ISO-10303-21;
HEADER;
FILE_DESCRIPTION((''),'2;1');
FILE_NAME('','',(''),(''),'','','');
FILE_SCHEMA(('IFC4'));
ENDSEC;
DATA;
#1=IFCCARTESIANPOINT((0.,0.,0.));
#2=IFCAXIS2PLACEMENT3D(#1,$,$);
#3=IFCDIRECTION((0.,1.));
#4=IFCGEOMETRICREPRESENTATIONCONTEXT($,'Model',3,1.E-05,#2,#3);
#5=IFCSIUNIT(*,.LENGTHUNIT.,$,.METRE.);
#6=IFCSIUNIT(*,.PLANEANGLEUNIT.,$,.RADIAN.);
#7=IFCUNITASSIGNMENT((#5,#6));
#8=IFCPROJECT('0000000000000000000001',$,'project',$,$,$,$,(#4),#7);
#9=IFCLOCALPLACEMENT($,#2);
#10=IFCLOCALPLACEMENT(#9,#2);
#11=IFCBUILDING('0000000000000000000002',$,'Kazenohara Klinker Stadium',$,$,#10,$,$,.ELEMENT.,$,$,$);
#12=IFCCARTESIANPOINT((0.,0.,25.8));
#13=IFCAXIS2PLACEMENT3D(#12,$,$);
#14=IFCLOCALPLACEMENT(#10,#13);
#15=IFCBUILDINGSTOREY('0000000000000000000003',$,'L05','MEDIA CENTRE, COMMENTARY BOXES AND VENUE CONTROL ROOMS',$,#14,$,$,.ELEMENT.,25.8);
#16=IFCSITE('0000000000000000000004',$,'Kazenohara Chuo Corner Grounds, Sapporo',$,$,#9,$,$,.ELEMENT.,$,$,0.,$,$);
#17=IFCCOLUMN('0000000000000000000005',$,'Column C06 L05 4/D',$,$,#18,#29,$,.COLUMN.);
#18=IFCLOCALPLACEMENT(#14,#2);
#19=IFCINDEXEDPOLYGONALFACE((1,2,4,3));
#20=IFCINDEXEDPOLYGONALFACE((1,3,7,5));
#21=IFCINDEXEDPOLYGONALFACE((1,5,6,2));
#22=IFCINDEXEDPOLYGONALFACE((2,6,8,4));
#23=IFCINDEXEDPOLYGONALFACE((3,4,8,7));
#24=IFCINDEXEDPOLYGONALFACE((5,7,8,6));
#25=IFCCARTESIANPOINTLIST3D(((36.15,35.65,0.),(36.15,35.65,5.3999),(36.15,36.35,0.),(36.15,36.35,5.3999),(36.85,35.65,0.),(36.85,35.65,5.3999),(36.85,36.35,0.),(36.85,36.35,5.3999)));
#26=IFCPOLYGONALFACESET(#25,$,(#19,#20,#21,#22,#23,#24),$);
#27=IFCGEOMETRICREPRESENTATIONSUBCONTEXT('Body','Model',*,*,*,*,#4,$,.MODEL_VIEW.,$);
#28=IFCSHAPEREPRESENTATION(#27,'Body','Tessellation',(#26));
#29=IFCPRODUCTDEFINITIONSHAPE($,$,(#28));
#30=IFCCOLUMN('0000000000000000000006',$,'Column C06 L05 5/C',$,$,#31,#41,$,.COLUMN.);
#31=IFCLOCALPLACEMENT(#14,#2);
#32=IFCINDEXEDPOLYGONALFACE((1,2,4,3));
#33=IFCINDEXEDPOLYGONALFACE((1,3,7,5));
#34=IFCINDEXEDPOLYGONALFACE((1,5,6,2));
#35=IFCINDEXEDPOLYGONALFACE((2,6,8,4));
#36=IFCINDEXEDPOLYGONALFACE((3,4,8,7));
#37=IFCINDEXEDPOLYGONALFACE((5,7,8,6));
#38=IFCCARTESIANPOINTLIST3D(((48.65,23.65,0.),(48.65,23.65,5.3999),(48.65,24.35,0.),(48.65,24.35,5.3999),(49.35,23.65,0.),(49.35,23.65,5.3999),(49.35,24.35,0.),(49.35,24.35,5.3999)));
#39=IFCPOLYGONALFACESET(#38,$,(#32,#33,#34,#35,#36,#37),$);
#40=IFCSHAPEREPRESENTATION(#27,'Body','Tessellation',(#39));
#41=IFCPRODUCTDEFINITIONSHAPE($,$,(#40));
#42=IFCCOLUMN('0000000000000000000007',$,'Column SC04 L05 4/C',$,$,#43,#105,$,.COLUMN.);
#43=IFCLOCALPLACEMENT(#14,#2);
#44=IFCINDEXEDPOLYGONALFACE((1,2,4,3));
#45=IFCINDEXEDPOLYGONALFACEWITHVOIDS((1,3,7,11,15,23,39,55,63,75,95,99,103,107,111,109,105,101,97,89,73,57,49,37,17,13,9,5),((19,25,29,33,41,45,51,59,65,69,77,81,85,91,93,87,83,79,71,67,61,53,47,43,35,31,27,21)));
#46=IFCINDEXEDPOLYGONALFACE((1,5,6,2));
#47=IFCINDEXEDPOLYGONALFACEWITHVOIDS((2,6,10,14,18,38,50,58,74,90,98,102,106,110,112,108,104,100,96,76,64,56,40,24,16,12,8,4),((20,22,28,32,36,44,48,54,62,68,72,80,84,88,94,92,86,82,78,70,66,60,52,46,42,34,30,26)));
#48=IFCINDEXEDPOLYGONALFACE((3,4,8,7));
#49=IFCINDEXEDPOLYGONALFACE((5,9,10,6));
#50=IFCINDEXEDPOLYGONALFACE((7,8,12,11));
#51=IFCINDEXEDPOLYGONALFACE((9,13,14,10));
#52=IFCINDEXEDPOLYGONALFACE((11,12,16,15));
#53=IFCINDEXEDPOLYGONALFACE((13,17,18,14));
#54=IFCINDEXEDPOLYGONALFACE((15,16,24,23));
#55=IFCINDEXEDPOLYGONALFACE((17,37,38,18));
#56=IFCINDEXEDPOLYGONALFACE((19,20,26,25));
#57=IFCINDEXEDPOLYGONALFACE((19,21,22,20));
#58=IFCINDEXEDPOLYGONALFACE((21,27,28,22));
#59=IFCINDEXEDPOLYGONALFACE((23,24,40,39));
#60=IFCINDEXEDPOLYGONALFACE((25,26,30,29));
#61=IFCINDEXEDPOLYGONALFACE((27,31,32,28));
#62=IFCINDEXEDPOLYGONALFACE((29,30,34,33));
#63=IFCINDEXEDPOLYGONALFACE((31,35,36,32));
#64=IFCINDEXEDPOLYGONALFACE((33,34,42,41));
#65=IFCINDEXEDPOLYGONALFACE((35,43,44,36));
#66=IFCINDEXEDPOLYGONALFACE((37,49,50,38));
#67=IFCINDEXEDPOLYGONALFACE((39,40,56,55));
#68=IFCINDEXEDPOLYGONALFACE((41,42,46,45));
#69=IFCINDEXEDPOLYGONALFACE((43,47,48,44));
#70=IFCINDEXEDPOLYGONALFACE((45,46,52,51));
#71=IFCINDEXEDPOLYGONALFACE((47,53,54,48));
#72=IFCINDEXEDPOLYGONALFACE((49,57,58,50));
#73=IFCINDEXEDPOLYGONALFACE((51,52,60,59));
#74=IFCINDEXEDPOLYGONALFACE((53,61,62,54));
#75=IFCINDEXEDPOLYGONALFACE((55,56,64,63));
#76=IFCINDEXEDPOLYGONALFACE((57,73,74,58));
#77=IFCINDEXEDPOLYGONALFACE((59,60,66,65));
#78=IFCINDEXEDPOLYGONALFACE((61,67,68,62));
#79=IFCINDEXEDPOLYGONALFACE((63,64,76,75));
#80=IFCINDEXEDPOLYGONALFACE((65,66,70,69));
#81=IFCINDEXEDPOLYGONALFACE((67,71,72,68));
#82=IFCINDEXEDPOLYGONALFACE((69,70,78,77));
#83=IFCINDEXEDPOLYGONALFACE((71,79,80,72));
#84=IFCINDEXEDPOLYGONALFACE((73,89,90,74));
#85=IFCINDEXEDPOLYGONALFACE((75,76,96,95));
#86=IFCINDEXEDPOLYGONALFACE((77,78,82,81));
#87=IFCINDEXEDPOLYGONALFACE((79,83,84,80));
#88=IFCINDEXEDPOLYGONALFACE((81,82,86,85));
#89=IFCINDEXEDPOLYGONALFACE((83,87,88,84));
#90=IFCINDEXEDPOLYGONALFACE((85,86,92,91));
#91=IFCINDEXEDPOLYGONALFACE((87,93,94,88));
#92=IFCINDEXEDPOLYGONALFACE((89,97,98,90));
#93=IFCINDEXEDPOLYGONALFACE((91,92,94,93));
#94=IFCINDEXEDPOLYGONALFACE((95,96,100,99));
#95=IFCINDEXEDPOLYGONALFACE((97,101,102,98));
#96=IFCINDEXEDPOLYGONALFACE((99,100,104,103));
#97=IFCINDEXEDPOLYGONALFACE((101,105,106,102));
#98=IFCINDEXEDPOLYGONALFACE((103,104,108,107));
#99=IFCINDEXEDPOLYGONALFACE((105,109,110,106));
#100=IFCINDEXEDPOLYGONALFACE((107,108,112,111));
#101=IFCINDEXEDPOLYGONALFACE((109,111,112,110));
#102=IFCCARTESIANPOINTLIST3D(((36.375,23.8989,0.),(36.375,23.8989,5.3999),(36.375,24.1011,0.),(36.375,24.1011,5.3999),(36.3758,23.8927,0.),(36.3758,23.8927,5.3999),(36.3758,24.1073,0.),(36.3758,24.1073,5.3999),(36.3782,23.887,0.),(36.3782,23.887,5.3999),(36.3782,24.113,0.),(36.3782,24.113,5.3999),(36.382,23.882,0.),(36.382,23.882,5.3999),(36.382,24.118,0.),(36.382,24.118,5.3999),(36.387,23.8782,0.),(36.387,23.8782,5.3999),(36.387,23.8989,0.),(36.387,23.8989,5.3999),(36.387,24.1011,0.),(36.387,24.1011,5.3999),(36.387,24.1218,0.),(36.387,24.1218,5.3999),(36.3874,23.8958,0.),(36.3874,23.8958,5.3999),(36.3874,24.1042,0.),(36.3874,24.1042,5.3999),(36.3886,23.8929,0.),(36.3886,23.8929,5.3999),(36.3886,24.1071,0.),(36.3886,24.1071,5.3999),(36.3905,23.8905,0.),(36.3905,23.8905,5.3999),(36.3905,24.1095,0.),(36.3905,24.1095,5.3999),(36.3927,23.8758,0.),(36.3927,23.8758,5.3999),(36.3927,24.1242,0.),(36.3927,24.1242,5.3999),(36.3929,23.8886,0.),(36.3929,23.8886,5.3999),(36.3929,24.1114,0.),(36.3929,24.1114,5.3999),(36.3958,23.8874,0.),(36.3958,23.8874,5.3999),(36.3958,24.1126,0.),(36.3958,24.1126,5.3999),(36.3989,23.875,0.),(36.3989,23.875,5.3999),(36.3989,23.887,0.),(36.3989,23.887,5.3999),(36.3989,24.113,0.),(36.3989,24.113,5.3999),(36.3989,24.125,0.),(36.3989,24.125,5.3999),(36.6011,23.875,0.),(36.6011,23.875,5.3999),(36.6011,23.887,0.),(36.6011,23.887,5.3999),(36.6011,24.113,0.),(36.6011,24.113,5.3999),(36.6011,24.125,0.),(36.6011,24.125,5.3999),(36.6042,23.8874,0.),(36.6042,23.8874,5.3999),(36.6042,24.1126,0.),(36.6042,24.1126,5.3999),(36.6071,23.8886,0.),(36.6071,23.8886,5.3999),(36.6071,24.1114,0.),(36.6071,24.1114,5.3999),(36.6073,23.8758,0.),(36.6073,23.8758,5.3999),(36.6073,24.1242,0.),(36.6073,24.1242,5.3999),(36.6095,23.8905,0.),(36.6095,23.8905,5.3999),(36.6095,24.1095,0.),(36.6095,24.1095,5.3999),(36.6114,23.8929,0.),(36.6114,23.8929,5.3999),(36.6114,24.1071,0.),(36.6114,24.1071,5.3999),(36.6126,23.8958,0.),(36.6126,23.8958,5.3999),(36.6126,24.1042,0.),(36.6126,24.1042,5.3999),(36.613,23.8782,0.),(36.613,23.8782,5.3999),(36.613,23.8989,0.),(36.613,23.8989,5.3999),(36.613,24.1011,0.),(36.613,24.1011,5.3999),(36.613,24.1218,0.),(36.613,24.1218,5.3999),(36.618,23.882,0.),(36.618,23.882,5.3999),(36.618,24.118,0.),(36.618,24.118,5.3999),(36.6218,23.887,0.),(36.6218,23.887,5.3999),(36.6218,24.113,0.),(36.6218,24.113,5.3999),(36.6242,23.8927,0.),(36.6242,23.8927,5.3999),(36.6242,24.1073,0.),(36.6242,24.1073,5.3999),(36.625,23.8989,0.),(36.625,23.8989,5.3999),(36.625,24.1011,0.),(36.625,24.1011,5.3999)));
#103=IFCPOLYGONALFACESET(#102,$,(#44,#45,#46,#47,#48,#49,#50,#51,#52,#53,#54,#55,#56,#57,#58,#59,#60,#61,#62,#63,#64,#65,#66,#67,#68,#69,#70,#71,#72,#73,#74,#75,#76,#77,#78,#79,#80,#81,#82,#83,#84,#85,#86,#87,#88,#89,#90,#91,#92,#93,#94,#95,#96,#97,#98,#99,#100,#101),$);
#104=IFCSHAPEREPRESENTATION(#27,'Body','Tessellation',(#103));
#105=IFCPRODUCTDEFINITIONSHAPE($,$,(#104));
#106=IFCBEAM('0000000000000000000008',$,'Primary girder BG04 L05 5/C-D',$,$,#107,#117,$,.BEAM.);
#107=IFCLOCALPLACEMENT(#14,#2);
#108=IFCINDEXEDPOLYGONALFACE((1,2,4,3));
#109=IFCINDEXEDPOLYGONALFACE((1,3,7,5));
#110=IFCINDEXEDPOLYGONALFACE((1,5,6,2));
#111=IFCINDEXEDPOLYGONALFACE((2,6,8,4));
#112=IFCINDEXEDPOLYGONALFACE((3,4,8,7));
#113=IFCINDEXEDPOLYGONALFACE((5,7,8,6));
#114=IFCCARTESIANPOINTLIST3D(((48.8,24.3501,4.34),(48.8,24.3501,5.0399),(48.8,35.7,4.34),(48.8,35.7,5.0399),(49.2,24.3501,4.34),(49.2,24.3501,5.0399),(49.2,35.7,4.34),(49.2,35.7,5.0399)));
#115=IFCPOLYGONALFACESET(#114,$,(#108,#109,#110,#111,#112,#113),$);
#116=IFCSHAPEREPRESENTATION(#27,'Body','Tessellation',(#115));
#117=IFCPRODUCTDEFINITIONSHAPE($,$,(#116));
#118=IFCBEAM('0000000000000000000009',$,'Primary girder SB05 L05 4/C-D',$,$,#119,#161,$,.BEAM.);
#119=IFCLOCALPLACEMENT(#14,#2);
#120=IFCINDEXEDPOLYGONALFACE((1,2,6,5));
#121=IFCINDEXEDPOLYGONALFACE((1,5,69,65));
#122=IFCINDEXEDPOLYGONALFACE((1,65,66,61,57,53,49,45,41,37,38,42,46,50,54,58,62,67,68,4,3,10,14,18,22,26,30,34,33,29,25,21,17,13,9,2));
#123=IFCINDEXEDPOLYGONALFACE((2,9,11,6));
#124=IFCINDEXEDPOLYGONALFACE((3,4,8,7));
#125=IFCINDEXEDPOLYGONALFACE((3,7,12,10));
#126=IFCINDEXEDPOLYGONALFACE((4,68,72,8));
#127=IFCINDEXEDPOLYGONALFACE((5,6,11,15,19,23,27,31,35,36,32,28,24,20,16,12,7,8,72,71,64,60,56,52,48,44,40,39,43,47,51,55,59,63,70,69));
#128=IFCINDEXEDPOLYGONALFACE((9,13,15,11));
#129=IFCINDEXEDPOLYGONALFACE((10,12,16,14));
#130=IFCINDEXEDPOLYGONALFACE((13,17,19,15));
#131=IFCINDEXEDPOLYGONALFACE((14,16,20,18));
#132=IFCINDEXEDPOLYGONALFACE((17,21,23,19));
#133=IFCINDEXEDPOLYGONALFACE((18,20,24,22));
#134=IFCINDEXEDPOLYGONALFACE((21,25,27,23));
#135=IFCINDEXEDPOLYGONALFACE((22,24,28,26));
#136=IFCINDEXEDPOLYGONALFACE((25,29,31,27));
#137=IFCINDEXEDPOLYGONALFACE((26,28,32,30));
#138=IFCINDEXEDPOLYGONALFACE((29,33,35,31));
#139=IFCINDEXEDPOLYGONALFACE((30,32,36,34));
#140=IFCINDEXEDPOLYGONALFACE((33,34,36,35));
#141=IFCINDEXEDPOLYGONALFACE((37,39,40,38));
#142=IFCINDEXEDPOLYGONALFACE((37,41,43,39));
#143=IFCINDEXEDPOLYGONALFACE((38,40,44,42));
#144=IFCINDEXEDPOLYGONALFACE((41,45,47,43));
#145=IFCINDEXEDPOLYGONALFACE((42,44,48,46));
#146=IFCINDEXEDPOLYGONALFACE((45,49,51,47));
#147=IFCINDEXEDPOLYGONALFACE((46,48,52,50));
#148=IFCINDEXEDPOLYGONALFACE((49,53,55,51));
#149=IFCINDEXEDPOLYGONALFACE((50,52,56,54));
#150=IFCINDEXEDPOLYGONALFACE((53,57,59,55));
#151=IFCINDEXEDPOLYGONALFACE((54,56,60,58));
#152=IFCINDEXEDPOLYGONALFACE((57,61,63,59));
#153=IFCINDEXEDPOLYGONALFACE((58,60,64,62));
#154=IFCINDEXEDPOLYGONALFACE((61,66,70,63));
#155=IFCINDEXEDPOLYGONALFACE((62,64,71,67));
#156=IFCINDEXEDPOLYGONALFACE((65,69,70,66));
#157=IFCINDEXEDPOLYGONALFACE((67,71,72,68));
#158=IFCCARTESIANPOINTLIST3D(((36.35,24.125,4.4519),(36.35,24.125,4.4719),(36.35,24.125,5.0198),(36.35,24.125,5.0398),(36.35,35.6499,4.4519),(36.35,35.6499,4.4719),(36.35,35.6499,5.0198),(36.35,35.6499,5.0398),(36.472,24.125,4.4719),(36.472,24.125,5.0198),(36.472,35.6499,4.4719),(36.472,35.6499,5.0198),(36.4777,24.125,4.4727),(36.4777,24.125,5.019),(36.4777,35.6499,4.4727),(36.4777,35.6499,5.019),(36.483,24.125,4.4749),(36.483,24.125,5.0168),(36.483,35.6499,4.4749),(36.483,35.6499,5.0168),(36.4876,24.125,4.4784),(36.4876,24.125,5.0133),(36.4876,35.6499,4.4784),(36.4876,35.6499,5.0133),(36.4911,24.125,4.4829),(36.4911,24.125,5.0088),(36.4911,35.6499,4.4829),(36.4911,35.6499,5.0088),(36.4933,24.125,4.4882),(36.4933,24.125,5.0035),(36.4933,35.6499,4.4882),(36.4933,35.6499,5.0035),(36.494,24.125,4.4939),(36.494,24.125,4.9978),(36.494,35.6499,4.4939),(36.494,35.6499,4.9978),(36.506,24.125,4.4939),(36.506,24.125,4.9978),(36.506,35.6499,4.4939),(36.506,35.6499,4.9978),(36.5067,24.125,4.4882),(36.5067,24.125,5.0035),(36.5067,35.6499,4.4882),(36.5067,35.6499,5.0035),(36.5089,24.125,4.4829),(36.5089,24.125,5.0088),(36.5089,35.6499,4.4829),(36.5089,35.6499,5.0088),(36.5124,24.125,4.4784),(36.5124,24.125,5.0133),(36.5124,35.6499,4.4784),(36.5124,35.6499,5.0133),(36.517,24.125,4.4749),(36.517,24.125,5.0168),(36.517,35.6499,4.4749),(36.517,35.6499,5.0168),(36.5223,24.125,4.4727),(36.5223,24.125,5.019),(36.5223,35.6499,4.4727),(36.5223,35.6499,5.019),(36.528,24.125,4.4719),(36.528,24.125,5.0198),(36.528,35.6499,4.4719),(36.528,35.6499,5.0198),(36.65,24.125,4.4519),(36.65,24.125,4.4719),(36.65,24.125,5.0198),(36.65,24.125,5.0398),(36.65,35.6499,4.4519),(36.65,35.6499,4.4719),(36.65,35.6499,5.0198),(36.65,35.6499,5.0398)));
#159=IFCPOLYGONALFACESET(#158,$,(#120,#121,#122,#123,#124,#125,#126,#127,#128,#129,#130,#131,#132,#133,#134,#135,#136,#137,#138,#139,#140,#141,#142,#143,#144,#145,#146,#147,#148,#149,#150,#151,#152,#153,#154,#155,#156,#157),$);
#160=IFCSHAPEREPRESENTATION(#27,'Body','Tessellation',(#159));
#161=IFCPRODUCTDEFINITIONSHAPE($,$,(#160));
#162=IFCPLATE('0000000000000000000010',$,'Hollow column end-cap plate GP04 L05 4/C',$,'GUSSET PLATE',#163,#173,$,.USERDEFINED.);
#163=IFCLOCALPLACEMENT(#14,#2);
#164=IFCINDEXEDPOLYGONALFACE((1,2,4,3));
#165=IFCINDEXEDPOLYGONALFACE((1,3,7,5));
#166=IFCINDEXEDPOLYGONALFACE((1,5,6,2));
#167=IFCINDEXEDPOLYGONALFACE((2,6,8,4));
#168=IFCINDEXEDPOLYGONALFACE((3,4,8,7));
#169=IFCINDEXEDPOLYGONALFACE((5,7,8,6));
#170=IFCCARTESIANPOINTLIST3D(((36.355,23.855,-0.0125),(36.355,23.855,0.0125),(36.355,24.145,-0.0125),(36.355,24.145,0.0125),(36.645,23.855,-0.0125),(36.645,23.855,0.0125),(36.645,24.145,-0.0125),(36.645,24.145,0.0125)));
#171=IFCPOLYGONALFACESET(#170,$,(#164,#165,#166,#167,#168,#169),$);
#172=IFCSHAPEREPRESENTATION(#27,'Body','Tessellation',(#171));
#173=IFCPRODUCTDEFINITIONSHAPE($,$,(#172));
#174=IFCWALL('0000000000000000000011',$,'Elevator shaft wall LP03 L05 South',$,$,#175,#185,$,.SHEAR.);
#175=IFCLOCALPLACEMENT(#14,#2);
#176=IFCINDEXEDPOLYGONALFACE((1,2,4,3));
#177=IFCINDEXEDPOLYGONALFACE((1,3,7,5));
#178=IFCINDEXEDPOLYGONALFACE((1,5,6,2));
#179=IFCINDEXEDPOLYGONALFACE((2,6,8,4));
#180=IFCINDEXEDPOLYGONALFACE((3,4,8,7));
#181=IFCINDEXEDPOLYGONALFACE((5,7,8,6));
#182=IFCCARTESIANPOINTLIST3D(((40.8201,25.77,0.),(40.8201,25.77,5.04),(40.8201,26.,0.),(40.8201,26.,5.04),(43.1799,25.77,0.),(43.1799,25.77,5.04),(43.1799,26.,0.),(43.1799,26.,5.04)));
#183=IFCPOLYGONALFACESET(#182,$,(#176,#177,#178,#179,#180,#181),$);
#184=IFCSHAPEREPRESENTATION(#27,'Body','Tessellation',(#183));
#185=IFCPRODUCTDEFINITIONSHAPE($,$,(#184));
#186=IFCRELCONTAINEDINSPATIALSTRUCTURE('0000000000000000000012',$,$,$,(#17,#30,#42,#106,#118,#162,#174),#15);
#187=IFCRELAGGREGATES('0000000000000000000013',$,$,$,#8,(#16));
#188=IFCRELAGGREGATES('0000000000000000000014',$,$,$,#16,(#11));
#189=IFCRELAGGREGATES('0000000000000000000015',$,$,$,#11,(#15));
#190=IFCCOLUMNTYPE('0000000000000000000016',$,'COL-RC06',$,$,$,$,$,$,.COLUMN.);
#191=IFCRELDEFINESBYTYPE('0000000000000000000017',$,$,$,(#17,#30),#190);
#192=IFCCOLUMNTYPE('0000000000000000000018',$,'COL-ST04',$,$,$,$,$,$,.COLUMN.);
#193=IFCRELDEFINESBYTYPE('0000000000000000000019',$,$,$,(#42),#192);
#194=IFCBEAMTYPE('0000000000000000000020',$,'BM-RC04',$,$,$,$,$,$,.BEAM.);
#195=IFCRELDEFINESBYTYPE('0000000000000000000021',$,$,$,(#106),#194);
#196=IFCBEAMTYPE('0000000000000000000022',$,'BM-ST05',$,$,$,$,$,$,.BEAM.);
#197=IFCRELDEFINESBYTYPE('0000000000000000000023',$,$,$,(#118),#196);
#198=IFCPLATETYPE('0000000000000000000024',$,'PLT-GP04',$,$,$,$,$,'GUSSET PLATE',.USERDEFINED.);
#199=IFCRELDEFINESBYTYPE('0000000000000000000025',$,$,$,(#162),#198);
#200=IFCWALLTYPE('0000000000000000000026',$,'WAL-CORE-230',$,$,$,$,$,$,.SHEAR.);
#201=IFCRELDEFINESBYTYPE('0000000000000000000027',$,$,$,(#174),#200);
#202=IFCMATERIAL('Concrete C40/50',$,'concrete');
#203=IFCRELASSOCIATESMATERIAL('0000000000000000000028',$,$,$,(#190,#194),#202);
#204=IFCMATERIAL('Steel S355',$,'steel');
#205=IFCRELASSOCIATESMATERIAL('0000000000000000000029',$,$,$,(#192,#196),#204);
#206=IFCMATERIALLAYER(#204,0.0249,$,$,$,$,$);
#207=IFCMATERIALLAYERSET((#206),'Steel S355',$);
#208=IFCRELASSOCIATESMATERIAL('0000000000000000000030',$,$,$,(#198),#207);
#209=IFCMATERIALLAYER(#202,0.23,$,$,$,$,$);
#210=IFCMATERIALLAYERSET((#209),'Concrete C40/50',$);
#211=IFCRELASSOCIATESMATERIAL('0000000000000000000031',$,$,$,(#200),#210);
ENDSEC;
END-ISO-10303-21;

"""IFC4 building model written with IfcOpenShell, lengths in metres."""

from ifc_helpers import new_model, si_unit, direction, frame, frame_2d, origin, origin_2d, place, context, subcontext, project, spatial, rectangle, hollow_rectangle, i_section, extrude, material, layer, layer_set, material_profile, profile_set, type_object, element, save


model = new_model("IFC4")

# Units and contexts
model_context = context("Model", 3, precision=1e-05, world=origin(), true_north=direction((0.0, 1.0)))
body_context = subcontext(model_context, "Body", "Model", "MODEL_VIEW")
ifc_project = project(units=[si_unit("LENGTHUNIT", "METRE"), si_unit("PLANEANGLEUNIT", "RADIAN")], contexts=[model_context])

# Site, building, storey
site_placement = place(None, origin())
site = spatial("IfcSite", under=ifc_project, at=site_placement, Name="Kazenohara Chuo Corner Grounds, Sapporo", CompositionType="ELEMENT", RefElevation=0.0)
building_placement = place(site_placement, origin())
building = spatial("IfcBuilding", under=site, at=building_placement, Name="Kazenohara Klinker Stadium", CompositionType="ELEMENT")
storey_placement = place(building_placement, frame((0.0, 0.0, 25.8)))
storey = spatial("IfcBuildingStorey", under=building, at=storey_placement, Name="L05", Description="MEDIA CENTRE, COMMENTARY BOXES AND VENUE CONTROL ROOMS", CompositionType="ELEMENT", Elevation=25.8)

# Columns
ifc_material_1 = material(Name="Concrete C40/50", Category="concrete")
ifc_material_profile_1 = material_profile(ifc_material_1, rectangle(XDim=0.7, YDim=0.7, at=origin_2d()), Name="RC-COL-700x700")
ifc_profile_set_1 = profile_set([ifc_material_profile_1], Name="Concrete C40/50")
column_type_1 = type_object("IfcColumnType", Name="COL-RC06", PredefinedType="COLUMN", material=ifc_profile_set_1)
for number, where, z_axis, x_axis, name in (
    (1, (36.5, 36.0, 0.0), (0.0, 0.0, 1.0), (1.0, 0.0, 0.0), "Column C06 L05 4/D"),
    (2, (49.0, 24.0, 0.0), (0.0, 0.0, 1.0), (1.0, 0.0, 0.0), "Column C06 L05 5/C"),
):
    element("IfcColumn", number, at=place(storey_placement, frame(where, z_axis=z_axis, x_axis=x_axis)), inside=storey, type_object=column_type_1, Name=name, PredefinedType="COLUMN", context=body_context, shape_type="SweptSolid", body=[
        extrude(rectangle(XDim=0.7, YDim=0.7, at=origin_2d()), origin(), (0.0, 0.0, 1.0), 5.3999),
    ])
ifc_material_2 = material(Name="Steel S355", Category="steel")
ifc_material_profile_2 = material_profile(ifc_material_2, hollow_rectangle(XDim=0.25, YDim=0.25, WallThickness=0.012, InnerFilletRadius=0.012, OuterFilletRadius=0.0239, at=origin_2d()), Name="SHS-250x250x12")
ifc_profile_set_2 = profile_set([ifc_material_profile_2], Name="Steel S355")
column_type_2 = type_object("IfcColumnType", Name="COL-ST04", PredefinedType="COLUMN", material=ifc_profile_set_2)
column_placement = place(storey_placement, frame((36.5, 24.0, 0.0), z_axis=(0.0, 0.0, 1.0), x_axis=(1.0, 0.0, 0.0)))
element("IfcColumn", 3, at=column_placement, inside=storey, type_object=column_type_2, Name="Column SC04 L05 4/C", PredefinedType="COLUMN", context=body_context, shape_type="SweptSolid", body=[
    extrude(hollow_rectangle(XDim=0.25, YDim=0.25, WallThickness=0.012, InnerFilletRadius=0.012, OuterFilletRadius=0.0239, at=origin_2d()), origin(), (0.0, 0.0, 1.0), 5.3999),
])

# Beams
ifc_material_profile_3 = material_profile(ifc_material_1, rectangle(XDim=0.3999, YDim=0.7, at=origin_2d()), Name="RC-BM-400x700")
ifc_profile_set_3 = profile_set([ifc_material_profile_3], Name="Concrete C40/50")
beam_type_1 = type_object("IfcBeamType", Name="BM-RC04", PredefinedType="BEAM", material=ifc_profile_set_3)
beam_1_placement = place(storey_placement, frame((49.0, 24.3501, 4.6899), z_axis=(0.0, 1.0, 0.0), x_axis=(-1.0, 0.0, 0.0)))
element("IfcBeam", 4, at=beam_1_placement, inside=storey, type_object=beam_type_1, Name="Primary girder BG04 L05 5/C-D", PredefinedType="BEAM", context=body_context, shape_type="SweptSolid", body=[
    extrude(rectangle(XDim=0.3999, YDim=0.7, at=origin_2d()), origin(), (0.0, 0.0, 1.0), 11.3499),
])
ifc_material_profile_4 = material_profile(ifc_material_2, i_section(OverallWidth=0.3, OverallDepth=0.5879, WebThickness=0.012, FlangeThickness=0.02, FilletRadius=0.022, at=origin_2d()), Name="H-588x300x12x20")
ifc_profile_set_4 = profile_set([ifc_material_profile_4], Name="Steel S355")
beam_type_2 = type_object("IfcBeamType", Name="BM-ST05", PredefinedType="BEAM", material=ifc_profile_set_4)
beam_2_placement = place(storey_placement, frame((36.5, 24.125, 4.7458), z_axis=(0.0, 1.0, 0.0), x_axis=(-1.0, 0.0, 0.0)))
element("IfcBeam", 5, at=beam_2_placement, inside=storey, type_object=beam_type_2, Name="Primary girder SB05 L05 4/C-D", PredefinedType="BEAM", context=body_context, shape_type="SweptSolid", body=[
    extrude(i_section(OverallWidth=0.3, OverallDepth=0.5879, WebThickness=0.012, FlangeThickness=0.02, FilletRadius=0.022, at=origin_2d()), origin(), (0.0, 0.0, 1.0), 11.5249),
])

# Plate
ifc_layer_1 = layer(ifc_material_2, 0.0249)
ifc_layer_set_1 = layer_set([ifc_layer_1], Name="Steel S355")
plate_type = type_object("IfcPlateType", Name="PLT-GP04", ElementType="GUSSET PLATE", PredefinedType="USERDEFINED", material=ifc_layer_set_1)
plate_placement = place(storey_placement, frame((36.5, 24.0, -0.0125), z_axis=(0.0, 0.0, 1.0), x_axis=(1.0, 0.0, 0.0)))
element("IfcPlate", 6, at=plate_placement, inside=storey, type_object=plate_type, Name="Hollow column end-cap plate GP04 L05 4/C", ObjectType="GUSSET PLATE", PredefinedType="USERDEFINED", context=body_context, shape_type="SweptSolid", body=[
    extrude(rectangle(XDim=0.29, YDim=0.29, at=origin_2d()), origin(), (0.0, 0.0, 1.0), 0.0249),
])

# Wall
ifc_layer_2 = layer(ifc_material_1, 0.23)
ifc_layer_set_2 = layer_set([ifc_layer_2], Name="Concrete C40/50")
wall_type_1 = type_object("IfcWallType", Name="WAL-CORE-230", PredefinedType="SHEAR", material=ifc_layer_set_2)
wall_1_placement = place(storey_placement, frame((40.8201, 25.885, 0.0), z_axis=(0.0, 0.0, 1.0), x_axis=(1.0, 0.0, 0.0)))
element("IfcWall", 7, at=wall_1_placement, inside=storey, type_object=wall_type_1, Name="Elevator shaft wall LP03 L05 South", PredefinedType="SHEAR", context=body_context, shape_type="SweptSolid", body=[
    extrude(rectangle(XDim=2.3599, YDim=0.23, at=frame_2d((1.1799, 0.0))), origin(), (0.0, 0.0, 1.0), 5.04),
])

save(model, "model.ifc")
